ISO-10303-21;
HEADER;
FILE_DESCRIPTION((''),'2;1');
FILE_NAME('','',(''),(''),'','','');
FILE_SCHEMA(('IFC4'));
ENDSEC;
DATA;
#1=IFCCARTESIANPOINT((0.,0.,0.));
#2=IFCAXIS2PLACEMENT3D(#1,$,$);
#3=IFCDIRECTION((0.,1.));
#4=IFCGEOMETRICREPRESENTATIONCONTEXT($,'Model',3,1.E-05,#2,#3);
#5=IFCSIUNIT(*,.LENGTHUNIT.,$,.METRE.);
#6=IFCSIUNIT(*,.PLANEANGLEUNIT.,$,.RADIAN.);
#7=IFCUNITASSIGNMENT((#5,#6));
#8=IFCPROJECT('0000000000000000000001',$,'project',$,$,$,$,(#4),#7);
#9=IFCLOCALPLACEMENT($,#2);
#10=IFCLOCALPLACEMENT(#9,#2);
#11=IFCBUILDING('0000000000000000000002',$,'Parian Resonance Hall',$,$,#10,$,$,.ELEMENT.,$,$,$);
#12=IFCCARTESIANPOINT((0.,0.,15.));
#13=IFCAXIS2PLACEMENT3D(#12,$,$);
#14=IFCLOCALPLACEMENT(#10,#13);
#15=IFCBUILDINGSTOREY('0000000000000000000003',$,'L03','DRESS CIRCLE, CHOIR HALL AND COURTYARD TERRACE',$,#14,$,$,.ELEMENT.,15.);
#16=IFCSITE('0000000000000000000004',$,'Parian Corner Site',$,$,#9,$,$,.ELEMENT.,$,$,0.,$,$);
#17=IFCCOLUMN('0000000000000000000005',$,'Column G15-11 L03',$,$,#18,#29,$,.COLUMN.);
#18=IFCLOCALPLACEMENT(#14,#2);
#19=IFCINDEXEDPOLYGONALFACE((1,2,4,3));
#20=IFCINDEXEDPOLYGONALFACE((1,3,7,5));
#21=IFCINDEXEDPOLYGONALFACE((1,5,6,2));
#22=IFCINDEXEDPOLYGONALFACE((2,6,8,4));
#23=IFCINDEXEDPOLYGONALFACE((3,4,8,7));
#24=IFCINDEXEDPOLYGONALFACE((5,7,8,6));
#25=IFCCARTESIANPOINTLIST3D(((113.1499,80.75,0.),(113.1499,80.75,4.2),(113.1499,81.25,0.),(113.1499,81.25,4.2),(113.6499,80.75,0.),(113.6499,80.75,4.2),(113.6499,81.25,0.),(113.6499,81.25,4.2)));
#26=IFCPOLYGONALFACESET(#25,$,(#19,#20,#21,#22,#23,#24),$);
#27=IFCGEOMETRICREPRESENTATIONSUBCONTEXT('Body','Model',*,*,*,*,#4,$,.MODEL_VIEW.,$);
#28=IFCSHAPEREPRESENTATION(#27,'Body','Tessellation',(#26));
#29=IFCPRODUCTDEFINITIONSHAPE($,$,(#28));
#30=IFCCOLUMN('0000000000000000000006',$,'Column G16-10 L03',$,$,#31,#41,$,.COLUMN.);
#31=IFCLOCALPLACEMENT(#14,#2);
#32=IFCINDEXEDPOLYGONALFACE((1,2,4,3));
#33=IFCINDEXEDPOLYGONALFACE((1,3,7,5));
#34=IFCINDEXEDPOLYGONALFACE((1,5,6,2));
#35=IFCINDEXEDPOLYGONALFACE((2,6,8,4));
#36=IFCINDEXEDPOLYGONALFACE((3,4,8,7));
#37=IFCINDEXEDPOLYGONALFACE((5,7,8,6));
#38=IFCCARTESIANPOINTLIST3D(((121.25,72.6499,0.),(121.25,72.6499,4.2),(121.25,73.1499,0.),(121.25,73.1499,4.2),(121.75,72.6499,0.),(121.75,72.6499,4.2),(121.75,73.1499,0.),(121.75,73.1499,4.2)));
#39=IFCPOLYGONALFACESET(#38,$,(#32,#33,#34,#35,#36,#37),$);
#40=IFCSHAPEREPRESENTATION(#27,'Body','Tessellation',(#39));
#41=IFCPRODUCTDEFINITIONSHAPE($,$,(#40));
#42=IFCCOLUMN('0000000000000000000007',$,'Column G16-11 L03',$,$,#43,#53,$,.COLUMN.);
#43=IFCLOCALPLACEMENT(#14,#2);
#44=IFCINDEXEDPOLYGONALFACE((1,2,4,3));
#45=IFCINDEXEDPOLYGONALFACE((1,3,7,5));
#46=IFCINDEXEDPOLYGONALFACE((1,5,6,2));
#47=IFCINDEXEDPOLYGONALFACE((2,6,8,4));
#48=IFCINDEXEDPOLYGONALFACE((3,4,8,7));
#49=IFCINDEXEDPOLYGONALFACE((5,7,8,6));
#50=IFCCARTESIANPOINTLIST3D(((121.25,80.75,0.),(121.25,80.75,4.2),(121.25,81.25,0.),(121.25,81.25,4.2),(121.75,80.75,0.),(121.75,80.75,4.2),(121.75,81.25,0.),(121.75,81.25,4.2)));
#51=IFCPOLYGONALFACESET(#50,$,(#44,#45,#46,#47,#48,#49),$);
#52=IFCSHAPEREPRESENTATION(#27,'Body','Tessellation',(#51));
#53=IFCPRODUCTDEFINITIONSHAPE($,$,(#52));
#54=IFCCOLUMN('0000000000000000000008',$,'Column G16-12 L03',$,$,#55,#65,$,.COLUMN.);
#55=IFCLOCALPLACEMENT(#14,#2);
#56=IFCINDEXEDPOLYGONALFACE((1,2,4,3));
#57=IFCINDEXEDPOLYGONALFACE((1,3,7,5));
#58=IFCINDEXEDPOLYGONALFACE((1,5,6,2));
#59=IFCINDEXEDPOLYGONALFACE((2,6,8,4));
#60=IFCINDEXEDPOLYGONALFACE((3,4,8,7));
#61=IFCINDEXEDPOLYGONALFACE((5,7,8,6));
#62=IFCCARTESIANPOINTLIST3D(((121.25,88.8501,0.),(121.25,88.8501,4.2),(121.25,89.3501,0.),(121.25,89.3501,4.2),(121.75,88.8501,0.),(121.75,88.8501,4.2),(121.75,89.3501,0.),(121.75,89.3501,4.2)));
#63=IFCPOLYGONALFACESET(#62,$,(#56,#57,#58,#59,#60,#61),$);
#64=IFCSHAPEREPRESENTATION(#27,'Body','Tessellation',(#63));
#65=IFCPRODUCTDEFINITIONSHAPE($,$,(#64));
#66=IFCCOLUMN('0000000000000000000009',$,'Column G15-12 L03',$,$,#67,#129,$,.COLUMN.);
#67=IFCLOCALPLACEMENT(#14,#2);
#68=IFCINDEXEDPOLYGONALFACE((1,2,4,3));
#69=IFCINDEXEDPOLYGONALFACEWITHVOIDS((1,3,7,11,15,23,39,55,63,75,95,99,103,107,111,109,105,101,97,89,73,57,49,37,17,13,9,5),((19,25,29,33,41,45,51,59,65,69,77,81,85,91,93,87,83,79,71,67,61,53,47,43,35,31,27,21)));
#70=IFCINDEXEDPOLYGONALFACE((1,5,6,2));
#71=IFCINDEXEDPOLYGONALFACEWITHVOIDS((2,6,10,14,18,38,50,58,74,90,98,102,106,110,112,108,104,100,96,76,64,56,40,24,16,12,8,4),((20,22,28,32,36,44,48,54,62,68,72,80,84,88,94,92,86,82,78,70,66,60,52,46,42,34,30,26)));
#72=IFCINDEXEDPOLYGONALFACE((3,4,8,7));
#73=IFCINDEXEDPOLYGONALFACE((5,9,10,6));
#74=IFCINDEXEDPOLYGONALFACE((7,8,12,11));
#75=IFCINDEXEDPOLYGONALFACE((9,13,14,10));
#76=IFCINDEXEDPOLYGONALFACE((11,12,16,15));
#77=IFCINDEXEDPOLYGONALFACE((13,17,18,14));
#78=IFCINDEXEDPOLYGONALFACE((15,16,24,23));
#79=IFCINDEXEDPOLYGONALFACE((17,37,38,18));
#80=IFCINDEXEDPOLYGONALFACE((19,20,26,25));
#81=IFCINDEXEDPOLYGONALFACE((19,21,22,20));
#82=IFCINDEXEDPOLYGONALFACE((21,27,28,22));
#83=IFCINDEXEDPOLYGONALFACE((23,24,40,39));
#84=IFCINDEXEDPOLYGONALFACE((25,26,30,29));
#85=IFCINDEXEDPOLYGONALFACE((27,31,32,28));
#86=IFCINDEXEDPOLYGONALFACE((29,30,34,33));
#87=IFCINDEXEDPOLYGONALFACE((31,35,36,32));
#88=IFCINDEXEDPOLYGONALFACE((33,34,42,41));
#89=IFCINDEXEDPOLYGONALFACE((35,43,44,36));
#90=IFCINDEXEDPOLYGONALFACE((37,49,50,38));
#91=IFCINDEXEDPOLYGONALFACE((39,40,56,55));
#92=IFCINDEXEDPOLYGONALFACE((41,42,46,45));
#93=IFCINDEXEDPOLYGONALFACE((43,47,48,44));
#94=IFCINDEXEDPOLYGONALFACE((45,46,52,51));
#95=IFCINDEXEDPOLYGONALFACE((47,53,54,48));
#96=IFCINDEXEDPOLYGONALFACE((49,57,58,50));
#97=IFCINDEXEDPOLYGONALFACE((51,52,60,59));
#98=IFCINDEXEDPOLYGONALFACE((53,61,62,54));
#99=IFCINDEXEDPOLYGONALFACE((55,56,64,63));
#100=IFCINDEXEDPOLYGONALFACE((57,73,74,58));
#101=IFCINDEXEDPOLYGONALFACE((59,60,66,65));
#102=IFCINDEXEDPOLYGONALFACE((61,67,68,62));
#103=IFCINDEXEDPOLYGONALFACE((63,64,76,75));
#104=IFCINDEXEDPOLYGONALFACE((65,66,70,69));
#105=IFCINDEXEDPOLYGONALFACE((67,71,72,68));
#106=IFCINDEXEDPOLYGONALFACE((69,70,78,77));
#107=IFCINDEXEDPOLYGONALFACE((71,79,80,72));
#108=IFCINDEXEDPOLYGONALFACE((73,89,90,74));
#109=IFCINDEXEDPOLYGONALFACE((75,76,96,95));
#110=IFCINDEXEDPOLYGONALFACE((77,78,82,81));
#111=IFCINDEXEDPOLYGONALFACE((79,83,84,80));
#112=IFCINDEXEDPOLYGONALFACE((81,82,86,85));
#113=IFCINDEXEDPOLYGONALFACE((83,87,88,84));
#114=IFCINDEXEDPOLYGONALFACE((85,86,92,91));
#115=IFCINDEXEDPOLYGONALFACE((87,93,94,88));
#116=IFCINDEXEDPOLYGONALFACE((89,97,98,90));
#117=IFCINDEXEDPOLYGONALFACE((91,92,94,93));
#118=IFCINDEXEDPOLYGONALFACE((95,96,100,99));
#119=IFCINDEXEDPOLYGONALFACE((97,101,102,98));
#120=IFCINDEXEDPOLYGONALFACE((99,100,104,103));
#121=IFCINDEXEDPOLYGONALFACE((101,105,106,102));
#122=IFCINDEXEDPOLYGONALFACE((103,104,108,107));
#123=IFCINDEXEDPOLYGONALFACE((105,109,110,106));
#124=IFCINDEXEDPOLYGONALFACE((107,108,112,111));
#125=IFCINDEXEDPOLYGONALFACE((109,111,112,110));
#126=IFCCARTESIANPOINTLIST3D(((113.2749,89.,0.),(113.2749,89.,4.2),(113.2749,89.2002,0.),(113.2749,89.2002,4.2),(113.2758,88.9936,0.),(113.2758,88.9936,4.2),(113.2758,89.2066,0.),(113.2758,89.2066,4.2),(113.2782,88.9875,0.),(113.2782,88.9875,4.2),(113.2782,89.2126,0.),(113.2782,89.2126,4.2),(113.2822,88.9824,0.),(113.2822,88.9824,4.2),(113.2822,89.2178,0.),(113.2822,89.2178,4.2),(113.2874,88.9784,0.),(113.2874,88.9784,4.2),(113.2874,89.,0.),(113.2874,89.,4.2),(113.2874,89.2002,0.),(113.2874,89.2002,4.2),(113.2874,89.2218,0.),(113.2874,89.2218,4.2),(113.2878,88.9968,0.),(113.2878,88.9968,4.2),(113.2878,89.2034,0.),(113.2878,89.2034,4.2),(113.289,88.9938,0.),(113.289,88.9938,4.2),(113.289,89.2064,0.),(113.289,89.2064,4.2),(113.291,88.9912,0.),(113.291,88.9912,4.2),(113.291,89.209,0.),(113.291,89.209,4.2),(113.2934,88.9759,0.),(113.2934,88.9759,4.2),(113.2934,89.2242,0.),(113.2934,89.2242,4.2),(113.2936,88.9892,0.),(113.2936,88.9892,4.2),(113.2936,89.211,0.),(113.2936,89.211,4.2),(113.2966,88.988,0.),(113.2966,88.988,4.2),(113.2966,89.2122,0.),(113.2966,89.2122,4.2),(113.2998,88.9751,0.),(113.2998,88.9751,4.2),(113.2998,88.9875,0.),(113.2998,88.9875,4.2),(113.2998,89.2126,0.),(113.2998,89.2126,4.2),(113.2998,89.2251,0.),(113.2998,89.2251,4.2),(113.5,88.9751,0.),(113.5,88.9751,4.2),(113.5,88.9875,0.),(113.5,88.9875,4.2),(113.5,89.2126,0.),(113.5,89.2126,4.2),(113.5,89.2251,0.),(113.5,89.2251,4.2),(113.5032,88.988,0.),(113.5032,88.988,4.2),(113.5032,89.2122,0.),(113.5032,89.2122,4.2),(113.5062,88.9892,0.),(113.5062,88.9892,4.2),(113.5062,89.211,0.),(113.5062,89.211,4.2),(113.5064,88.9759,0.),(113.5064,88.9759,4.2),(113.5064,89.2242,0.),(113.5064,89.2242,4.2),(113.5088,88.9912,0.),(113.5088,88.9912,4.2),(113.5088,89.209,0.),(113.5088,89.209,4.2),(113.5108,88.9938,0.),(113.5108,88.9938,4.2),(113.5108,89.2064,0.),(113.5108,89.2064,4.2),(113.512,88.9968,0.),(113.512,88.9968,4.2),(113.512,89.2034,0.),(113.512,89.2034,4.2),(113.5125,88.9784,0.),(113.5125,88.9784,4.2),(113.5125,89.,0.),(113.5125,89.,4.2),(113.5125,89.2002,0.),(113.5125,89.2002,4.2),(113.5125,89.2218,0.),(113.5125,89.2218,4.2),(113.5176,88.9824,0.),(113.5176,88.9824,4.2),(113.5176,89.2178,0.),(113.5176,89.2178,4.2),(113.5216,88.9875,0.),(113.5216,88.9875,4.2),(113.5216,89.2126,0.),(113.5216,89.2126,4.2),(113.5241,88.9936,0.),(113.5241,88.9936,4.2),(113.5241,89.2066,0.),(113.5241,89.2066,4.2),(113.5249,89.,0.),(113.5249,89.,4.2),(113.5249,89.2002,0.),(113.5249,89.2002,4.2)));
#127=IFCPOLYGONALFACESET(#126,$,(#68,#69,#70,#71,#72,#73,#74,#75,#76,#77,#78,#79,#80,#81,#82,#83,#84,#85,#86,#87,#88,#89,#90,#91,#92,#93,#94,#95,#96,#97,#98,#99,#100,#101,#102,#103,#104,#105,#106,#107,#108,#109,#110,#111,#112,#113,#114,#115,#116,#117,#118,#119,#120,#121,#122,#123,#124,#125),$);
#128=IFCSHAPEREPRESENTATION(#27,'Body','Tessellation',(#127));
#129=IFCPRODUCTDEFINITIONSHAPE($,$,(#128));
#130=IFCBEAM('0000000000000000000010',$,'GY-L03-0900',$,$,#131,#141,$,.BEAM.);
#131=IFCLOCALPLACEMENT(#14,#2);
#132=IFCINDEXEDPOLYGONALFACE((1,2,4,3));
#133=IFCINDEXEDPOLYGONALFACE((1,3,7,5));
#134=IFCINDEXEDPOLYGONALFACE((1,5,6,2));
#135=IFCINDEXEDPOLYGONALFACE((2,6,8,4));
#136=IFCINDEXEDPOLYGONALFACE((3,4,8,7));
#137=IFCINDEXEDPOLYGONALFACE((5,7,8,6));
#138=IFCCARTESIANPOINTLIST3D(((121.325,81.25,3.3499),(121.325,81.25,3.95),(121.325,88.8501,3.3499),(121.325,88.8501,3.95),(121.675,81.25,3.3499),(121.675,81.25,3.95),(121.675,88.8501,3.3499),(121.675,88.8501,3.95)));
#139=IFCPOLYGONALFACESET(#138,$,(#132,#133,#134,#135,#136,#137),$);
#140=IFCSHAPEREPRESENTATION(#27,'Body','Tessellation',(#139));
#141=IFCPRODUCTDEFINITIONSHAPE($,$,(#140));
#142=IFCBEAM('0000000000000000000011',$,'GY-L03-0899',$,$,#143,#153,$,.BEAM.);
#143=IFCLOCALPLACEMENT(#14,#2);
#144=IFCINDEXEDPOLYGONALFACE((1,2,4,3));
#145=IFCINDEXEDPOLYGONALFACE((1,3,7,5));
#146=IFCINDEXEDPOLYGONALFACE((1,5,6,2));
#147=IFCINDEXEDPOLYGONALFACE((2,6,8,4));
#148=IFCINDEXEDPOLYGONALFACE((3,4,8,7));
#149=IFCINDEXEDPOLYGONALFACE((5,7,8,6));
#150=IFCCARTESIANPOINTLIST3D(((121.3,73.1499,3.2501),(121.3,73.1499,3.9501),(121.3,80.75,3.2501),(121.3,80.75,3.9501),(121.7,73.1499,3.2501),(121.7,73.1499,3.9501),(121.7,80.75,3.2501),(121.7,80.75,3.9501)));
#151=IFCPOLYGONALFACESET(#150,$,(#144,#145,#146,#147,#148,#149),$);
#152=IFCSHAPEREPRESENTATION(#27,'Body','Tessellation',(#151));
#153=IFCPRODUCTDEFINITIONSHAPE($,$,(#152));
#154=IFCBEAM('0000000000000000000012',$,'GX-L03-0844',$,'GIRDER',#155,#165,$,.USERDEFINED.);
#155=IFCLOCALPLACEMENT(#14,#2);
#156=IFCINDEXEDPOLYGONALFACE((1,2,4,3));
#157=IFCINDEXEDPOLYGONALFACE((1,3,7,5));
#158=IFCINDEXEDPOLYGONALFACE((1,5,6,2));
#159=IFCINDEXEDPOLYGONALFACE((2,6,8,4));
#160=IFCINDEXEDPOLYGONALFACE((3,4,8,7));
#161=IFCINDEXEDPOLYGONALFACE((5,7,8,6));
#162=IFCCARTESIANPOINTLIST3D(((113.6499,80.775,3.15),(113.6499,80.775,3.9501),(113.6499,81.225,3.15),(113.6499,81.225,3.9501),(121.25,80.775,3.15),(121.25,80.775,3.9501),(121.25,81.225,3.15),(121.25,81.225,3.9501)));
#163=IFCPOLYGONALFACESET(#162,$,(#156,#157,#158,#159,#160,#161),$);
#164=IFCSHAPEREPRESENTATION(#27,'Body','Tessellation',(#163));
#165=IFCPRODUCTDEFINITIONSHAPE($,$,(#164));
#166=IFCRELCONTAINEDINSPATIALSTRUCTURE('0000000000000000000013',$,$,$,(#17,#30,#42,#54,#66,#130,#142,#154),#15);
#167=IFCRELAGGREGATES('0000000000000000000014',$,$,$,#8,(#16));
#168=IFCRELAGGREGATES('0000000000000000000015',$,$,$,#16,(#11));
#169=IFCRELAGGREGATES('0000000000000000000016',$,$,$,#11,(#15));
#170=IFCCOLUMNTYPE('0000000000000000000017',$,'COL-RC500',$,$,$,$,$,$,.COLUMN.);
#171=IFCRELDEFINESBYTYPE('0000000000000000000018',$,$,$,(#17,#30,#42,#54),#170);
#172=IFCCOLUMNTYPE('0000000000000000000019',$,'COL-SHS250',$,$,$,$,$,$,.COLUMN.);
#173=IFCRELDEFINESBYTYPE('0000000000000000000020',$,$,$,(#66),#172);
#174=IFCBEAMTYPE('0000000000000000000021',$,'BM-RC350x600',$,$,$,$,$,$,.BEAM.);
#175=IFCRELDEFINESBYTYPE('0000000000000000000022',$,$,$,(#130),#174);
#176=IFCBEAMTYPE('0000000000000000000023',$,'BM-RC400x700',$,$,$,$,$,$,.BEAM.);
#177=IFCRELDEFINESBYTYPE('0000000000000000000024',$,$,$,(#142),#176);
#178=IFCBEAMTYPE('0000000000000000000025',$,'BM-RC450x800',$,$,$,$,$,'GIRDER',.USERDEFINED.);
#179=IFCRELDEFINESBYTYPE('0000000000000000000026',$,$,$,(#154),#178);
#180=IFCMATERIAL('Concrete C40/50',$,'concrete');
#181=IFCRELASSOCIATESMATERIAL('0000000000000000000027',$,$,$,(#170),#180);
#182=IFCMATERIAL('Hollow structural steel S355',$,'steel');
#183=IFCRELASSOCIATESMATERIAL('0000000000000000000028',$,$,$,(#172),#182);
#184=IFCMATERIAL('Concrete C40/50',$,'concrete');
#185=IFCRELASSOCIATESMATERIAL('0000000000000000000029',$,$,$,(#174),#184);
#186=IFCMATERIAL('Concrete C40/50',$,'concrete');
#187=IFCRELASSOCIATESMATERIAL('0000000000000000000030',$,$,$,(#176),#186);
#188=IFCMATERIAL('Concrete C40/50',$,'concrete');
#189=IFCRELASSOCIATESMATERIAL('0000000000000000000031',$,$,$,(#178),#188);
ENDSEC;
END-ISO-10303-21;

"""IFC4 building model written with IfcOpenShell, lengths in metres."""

from ifc_helpers import new_model, si_unit, direction, frame, origin, origin_2d, place, context, subcontext, project, spatial, rectangle, hollow_rectangle, extrude, material, material_profile, profile_set, type_object, element, save


model = new_model("IFC4")

# Units and contexts
model_context = context("Model", 3, precision=1e-05, world=origin(), true_north=direction((0.0, 1.0)))
body_context = subcontext(model_context, "Body", "Model", "MODEL_VIEW")
ifc_project = project(units=[si_unit("LENGTHUNIT", "METRE"), si_unit("PLANEANGLEUNIT", "RADIAN")], contexts=[model_context])

# Site, building, storey
site_placement = place(None, origin())
site = spatial("IfcSite", under=ifc_project, at=site_placement, Name="Parian Corner Site", CompositionType="ELEMENT", RefElevation=0.0)
building_placement = place(site_placement, origin())
building = spatial("IfcBuilding", under=site, at=building_placement, Name="Parian Resonance Hall", CompositionType="ELEMENT")
storey_placement = place(building_placement, frame((0.0, 0.0, 15.0)))
storey = spatial("IfcBuildingStorey", under=building, at=storey_placement, Name="L03", Description="DRESS CIRCLE, CHOIR HALL AND COURTYARD TERRACE", CompositionType="ELEMENT", Elevation=15.0)

# Columns
ifc_material_1 = material(Name="Concrete C40/50", Category="concrete")
ifc_material_profile_1 = material_profile(ifc_material_1, rectangle(XDim=0.5, YDim=0.5, at=origin_2d()), Name="RC-COL-500x500")
ifc_profile_set_1 = profile_set([ifc_material_profile_1], Name="Concrete C40/50")
column_type_1 = type_object("IfcColumnType", Name="COL-RC500", PredefinedType="COLUMN", material=ifc_profile_set_1)
for number, where, z_axis, x_axis, name in (
    (1, (113.3999, 81.0, 0.0), (0.0, 0.0, 1.0), (1.0, 0.0, 0.0), "Column G15-11 L03"),
    (2, (121.5, 72.8999, 0.0), (0.0, 0.0, 1.0), (1.0, 0.0, 0.0), "Column G16-10 L03"),
    (3, (121.5, 81.0, 0.0), (0.0, 0.0, 1.0), (1.0, 0.0, 0.0), "Column G16-11 L03"),
    (4, (121.5, 89.1001, 0.0), (0.0, 0.0, 1.0), (1.0, 0.0, 0.0), "Column G16-12 L03"),
):
    element("IfcColumn", number, at=place(storey_placement, frame(where, z_axis=z_axis, x_axis=x_axis)), inside=storey, type_object=column_type_1, Name=name, PredefinedType="COLUMN", context=body_context, shape_type="SweptSolid", body=[
        extrude(rectangle(XDim=0.5, YDim=0.5, at=origin_2d()), origin(), (0.0, 0.0, 1.0), 4.2),
    ])
ifc_material_2 = material(Name="Hollow structural steel S355", Category="steel")
ifc_material_profile_2 = material_profile(ifc_material_2, hollow_rectangle(XDim=0.25, YDim=0.25, WallThickness=0.0125, InnerFilletRadius=0.0125, OuterFilletRadius=0.0249, at=origin_2d()), Name="SHS250x250x12.5")
ifc_profile_set_2 = profile_set([ifc_material_profile_2], Name="Hollow structural steel S355")
column_type_2 = type_object("IfcColumnType", Name="COL-SHS250", PredefinedType="COLUMN", material=ifc_profile_set_2)
column_placement = place(storey_placement, frame((113.3999, 89.1001, 0.0), z_axis=(0.0, 0.0, 1.0), x_axis=(1.0, 0.0, 0.0)))
element("IfcColumn", 5, at=column_placement, inside=storey, type_object=column_type_2, Name="Column G15-12 L03", PredefinedType="COLUMN", context=body_context, shape_type="SweptSolid", body=[
    extrude(hollow_rectangle(XDim=0.25, YDim=0.25, WallThickness=0.0125, InnerFilletRadius=0.0125, OuterFilletRadius=0.0249, at=origin_2d()), origin(), (0.0, 0.0, 1.0), 4.2),
])

# Beams
ifc_material_3 = material(Name="Concrete C40/50", Category="concrete")
ifc_material_profile_3 = material_profile(ifc_material_3, rectangle(XDim=0.3501, YDim=0.6001, at=origin_2d()), Name="RC-BM-350x600")
ifc_profile_set_3 = profile_set([ifc_material_profile_3], Name="Concrete C40/50")
beam_type_1 = type_object("IfcBeamType", Name="BM-RC350x600", PredefinedType="BEAM", material=ifc_profile_set_3)
beam_1_placement = place(storey_placement, frame((121.5, 81.25, 3.6499), z_axis=(0.0, 1.0, 0.0), x_axis=(-1.0, 0.0, 0.0)))
element("IfcBeam", 6, at=beam_1_placement, inside=storey, type_object=beam_type_1, Name="GY-L03-0900", PredefinedType="BEAM", context=body_context, shape_type="SweptSolid", body=[
    extrude(rectangle(XDim=0.3501, YDim=0.6001, at=origin_2d()), origin(), (0.0, 0.0, 1.0), 7.6001),
])
ifc_material_4 = material(Name="Concrete C40/50", Category="concrete")
ifc_material_profile_4 = material_profile(ifc_material_4, rectangle(XDim=0.3999, YDim=0.7, at=origin_2d()), Name="RC-BM-400x700")
ifc_profile_set_4 = profile_set([ifc_material_profile_4], Name="Concrete C40/50")
beam_type_2 = type_object("IfcBeamType", Name="BM-RC400x700", PredefinedType="BEAM", material=ifc_profile_set_4)
beam_2_placement = place(storey_placement, frame((121.5, 73.1499, 3.6001), z_axis=(0.0, 1.0, 0.0), x_axis=(-1.0, 0.0, 0.0)))
element("IfcBeam", 7, at=beam_2_placement, inside=storey, type_object=beam_type_2, Name="GY-L03-0899", PredefinedType="BEAM", context=body_context, shape_type="SweptSolid", body=[
    extrude(rectangle(XDim=0.3999, YDim=0.7, at=origin_2d()), origin(), (0.0, 0.0, 1.0), 7.6001),
])
ifc_material_5 = material(Name="Concrete C40/50", Category="concrete")
ifc_material_profile_5 = material_profile(ifc_material_5, rectangle(XDim=0.45, YDim=0.8, at=origin_2d()), Name="RC-BM-450x800")
ifc_profile_set_5 = profile_set([ifc_material_profile_5], Name="Concrete C40/50")
beam_type_3 = type_object("IfcBeamType", Name="BM-RC450x800", ElementType="GIRDER", PredefinedType="USERDEFINED", material=ifc_profile_set_5)
beam_3_placement = place(storey_placement, frame((113.6499, 81.0, 3.55), z_axis=(1.0, 0.0, 0.0), x_axis=(0.0, 1.0, 0.0)))
element("IfcBeam", 8, at=beam_3_placement, inside=storey, type_object=beam_type_3, Name="GX-L03-0844", ObjectType="GIRDER", PredefinedType="USERDEFINED", context=body_context, shape_type="SweptSolid", body=[
    extrude(rectangle(XDim=0.45, YDim=0.8, at=origin_2d()), origin(), (0.0, 0.0, 1.0), 7.6001),
])

save(model, "model.ifc")
